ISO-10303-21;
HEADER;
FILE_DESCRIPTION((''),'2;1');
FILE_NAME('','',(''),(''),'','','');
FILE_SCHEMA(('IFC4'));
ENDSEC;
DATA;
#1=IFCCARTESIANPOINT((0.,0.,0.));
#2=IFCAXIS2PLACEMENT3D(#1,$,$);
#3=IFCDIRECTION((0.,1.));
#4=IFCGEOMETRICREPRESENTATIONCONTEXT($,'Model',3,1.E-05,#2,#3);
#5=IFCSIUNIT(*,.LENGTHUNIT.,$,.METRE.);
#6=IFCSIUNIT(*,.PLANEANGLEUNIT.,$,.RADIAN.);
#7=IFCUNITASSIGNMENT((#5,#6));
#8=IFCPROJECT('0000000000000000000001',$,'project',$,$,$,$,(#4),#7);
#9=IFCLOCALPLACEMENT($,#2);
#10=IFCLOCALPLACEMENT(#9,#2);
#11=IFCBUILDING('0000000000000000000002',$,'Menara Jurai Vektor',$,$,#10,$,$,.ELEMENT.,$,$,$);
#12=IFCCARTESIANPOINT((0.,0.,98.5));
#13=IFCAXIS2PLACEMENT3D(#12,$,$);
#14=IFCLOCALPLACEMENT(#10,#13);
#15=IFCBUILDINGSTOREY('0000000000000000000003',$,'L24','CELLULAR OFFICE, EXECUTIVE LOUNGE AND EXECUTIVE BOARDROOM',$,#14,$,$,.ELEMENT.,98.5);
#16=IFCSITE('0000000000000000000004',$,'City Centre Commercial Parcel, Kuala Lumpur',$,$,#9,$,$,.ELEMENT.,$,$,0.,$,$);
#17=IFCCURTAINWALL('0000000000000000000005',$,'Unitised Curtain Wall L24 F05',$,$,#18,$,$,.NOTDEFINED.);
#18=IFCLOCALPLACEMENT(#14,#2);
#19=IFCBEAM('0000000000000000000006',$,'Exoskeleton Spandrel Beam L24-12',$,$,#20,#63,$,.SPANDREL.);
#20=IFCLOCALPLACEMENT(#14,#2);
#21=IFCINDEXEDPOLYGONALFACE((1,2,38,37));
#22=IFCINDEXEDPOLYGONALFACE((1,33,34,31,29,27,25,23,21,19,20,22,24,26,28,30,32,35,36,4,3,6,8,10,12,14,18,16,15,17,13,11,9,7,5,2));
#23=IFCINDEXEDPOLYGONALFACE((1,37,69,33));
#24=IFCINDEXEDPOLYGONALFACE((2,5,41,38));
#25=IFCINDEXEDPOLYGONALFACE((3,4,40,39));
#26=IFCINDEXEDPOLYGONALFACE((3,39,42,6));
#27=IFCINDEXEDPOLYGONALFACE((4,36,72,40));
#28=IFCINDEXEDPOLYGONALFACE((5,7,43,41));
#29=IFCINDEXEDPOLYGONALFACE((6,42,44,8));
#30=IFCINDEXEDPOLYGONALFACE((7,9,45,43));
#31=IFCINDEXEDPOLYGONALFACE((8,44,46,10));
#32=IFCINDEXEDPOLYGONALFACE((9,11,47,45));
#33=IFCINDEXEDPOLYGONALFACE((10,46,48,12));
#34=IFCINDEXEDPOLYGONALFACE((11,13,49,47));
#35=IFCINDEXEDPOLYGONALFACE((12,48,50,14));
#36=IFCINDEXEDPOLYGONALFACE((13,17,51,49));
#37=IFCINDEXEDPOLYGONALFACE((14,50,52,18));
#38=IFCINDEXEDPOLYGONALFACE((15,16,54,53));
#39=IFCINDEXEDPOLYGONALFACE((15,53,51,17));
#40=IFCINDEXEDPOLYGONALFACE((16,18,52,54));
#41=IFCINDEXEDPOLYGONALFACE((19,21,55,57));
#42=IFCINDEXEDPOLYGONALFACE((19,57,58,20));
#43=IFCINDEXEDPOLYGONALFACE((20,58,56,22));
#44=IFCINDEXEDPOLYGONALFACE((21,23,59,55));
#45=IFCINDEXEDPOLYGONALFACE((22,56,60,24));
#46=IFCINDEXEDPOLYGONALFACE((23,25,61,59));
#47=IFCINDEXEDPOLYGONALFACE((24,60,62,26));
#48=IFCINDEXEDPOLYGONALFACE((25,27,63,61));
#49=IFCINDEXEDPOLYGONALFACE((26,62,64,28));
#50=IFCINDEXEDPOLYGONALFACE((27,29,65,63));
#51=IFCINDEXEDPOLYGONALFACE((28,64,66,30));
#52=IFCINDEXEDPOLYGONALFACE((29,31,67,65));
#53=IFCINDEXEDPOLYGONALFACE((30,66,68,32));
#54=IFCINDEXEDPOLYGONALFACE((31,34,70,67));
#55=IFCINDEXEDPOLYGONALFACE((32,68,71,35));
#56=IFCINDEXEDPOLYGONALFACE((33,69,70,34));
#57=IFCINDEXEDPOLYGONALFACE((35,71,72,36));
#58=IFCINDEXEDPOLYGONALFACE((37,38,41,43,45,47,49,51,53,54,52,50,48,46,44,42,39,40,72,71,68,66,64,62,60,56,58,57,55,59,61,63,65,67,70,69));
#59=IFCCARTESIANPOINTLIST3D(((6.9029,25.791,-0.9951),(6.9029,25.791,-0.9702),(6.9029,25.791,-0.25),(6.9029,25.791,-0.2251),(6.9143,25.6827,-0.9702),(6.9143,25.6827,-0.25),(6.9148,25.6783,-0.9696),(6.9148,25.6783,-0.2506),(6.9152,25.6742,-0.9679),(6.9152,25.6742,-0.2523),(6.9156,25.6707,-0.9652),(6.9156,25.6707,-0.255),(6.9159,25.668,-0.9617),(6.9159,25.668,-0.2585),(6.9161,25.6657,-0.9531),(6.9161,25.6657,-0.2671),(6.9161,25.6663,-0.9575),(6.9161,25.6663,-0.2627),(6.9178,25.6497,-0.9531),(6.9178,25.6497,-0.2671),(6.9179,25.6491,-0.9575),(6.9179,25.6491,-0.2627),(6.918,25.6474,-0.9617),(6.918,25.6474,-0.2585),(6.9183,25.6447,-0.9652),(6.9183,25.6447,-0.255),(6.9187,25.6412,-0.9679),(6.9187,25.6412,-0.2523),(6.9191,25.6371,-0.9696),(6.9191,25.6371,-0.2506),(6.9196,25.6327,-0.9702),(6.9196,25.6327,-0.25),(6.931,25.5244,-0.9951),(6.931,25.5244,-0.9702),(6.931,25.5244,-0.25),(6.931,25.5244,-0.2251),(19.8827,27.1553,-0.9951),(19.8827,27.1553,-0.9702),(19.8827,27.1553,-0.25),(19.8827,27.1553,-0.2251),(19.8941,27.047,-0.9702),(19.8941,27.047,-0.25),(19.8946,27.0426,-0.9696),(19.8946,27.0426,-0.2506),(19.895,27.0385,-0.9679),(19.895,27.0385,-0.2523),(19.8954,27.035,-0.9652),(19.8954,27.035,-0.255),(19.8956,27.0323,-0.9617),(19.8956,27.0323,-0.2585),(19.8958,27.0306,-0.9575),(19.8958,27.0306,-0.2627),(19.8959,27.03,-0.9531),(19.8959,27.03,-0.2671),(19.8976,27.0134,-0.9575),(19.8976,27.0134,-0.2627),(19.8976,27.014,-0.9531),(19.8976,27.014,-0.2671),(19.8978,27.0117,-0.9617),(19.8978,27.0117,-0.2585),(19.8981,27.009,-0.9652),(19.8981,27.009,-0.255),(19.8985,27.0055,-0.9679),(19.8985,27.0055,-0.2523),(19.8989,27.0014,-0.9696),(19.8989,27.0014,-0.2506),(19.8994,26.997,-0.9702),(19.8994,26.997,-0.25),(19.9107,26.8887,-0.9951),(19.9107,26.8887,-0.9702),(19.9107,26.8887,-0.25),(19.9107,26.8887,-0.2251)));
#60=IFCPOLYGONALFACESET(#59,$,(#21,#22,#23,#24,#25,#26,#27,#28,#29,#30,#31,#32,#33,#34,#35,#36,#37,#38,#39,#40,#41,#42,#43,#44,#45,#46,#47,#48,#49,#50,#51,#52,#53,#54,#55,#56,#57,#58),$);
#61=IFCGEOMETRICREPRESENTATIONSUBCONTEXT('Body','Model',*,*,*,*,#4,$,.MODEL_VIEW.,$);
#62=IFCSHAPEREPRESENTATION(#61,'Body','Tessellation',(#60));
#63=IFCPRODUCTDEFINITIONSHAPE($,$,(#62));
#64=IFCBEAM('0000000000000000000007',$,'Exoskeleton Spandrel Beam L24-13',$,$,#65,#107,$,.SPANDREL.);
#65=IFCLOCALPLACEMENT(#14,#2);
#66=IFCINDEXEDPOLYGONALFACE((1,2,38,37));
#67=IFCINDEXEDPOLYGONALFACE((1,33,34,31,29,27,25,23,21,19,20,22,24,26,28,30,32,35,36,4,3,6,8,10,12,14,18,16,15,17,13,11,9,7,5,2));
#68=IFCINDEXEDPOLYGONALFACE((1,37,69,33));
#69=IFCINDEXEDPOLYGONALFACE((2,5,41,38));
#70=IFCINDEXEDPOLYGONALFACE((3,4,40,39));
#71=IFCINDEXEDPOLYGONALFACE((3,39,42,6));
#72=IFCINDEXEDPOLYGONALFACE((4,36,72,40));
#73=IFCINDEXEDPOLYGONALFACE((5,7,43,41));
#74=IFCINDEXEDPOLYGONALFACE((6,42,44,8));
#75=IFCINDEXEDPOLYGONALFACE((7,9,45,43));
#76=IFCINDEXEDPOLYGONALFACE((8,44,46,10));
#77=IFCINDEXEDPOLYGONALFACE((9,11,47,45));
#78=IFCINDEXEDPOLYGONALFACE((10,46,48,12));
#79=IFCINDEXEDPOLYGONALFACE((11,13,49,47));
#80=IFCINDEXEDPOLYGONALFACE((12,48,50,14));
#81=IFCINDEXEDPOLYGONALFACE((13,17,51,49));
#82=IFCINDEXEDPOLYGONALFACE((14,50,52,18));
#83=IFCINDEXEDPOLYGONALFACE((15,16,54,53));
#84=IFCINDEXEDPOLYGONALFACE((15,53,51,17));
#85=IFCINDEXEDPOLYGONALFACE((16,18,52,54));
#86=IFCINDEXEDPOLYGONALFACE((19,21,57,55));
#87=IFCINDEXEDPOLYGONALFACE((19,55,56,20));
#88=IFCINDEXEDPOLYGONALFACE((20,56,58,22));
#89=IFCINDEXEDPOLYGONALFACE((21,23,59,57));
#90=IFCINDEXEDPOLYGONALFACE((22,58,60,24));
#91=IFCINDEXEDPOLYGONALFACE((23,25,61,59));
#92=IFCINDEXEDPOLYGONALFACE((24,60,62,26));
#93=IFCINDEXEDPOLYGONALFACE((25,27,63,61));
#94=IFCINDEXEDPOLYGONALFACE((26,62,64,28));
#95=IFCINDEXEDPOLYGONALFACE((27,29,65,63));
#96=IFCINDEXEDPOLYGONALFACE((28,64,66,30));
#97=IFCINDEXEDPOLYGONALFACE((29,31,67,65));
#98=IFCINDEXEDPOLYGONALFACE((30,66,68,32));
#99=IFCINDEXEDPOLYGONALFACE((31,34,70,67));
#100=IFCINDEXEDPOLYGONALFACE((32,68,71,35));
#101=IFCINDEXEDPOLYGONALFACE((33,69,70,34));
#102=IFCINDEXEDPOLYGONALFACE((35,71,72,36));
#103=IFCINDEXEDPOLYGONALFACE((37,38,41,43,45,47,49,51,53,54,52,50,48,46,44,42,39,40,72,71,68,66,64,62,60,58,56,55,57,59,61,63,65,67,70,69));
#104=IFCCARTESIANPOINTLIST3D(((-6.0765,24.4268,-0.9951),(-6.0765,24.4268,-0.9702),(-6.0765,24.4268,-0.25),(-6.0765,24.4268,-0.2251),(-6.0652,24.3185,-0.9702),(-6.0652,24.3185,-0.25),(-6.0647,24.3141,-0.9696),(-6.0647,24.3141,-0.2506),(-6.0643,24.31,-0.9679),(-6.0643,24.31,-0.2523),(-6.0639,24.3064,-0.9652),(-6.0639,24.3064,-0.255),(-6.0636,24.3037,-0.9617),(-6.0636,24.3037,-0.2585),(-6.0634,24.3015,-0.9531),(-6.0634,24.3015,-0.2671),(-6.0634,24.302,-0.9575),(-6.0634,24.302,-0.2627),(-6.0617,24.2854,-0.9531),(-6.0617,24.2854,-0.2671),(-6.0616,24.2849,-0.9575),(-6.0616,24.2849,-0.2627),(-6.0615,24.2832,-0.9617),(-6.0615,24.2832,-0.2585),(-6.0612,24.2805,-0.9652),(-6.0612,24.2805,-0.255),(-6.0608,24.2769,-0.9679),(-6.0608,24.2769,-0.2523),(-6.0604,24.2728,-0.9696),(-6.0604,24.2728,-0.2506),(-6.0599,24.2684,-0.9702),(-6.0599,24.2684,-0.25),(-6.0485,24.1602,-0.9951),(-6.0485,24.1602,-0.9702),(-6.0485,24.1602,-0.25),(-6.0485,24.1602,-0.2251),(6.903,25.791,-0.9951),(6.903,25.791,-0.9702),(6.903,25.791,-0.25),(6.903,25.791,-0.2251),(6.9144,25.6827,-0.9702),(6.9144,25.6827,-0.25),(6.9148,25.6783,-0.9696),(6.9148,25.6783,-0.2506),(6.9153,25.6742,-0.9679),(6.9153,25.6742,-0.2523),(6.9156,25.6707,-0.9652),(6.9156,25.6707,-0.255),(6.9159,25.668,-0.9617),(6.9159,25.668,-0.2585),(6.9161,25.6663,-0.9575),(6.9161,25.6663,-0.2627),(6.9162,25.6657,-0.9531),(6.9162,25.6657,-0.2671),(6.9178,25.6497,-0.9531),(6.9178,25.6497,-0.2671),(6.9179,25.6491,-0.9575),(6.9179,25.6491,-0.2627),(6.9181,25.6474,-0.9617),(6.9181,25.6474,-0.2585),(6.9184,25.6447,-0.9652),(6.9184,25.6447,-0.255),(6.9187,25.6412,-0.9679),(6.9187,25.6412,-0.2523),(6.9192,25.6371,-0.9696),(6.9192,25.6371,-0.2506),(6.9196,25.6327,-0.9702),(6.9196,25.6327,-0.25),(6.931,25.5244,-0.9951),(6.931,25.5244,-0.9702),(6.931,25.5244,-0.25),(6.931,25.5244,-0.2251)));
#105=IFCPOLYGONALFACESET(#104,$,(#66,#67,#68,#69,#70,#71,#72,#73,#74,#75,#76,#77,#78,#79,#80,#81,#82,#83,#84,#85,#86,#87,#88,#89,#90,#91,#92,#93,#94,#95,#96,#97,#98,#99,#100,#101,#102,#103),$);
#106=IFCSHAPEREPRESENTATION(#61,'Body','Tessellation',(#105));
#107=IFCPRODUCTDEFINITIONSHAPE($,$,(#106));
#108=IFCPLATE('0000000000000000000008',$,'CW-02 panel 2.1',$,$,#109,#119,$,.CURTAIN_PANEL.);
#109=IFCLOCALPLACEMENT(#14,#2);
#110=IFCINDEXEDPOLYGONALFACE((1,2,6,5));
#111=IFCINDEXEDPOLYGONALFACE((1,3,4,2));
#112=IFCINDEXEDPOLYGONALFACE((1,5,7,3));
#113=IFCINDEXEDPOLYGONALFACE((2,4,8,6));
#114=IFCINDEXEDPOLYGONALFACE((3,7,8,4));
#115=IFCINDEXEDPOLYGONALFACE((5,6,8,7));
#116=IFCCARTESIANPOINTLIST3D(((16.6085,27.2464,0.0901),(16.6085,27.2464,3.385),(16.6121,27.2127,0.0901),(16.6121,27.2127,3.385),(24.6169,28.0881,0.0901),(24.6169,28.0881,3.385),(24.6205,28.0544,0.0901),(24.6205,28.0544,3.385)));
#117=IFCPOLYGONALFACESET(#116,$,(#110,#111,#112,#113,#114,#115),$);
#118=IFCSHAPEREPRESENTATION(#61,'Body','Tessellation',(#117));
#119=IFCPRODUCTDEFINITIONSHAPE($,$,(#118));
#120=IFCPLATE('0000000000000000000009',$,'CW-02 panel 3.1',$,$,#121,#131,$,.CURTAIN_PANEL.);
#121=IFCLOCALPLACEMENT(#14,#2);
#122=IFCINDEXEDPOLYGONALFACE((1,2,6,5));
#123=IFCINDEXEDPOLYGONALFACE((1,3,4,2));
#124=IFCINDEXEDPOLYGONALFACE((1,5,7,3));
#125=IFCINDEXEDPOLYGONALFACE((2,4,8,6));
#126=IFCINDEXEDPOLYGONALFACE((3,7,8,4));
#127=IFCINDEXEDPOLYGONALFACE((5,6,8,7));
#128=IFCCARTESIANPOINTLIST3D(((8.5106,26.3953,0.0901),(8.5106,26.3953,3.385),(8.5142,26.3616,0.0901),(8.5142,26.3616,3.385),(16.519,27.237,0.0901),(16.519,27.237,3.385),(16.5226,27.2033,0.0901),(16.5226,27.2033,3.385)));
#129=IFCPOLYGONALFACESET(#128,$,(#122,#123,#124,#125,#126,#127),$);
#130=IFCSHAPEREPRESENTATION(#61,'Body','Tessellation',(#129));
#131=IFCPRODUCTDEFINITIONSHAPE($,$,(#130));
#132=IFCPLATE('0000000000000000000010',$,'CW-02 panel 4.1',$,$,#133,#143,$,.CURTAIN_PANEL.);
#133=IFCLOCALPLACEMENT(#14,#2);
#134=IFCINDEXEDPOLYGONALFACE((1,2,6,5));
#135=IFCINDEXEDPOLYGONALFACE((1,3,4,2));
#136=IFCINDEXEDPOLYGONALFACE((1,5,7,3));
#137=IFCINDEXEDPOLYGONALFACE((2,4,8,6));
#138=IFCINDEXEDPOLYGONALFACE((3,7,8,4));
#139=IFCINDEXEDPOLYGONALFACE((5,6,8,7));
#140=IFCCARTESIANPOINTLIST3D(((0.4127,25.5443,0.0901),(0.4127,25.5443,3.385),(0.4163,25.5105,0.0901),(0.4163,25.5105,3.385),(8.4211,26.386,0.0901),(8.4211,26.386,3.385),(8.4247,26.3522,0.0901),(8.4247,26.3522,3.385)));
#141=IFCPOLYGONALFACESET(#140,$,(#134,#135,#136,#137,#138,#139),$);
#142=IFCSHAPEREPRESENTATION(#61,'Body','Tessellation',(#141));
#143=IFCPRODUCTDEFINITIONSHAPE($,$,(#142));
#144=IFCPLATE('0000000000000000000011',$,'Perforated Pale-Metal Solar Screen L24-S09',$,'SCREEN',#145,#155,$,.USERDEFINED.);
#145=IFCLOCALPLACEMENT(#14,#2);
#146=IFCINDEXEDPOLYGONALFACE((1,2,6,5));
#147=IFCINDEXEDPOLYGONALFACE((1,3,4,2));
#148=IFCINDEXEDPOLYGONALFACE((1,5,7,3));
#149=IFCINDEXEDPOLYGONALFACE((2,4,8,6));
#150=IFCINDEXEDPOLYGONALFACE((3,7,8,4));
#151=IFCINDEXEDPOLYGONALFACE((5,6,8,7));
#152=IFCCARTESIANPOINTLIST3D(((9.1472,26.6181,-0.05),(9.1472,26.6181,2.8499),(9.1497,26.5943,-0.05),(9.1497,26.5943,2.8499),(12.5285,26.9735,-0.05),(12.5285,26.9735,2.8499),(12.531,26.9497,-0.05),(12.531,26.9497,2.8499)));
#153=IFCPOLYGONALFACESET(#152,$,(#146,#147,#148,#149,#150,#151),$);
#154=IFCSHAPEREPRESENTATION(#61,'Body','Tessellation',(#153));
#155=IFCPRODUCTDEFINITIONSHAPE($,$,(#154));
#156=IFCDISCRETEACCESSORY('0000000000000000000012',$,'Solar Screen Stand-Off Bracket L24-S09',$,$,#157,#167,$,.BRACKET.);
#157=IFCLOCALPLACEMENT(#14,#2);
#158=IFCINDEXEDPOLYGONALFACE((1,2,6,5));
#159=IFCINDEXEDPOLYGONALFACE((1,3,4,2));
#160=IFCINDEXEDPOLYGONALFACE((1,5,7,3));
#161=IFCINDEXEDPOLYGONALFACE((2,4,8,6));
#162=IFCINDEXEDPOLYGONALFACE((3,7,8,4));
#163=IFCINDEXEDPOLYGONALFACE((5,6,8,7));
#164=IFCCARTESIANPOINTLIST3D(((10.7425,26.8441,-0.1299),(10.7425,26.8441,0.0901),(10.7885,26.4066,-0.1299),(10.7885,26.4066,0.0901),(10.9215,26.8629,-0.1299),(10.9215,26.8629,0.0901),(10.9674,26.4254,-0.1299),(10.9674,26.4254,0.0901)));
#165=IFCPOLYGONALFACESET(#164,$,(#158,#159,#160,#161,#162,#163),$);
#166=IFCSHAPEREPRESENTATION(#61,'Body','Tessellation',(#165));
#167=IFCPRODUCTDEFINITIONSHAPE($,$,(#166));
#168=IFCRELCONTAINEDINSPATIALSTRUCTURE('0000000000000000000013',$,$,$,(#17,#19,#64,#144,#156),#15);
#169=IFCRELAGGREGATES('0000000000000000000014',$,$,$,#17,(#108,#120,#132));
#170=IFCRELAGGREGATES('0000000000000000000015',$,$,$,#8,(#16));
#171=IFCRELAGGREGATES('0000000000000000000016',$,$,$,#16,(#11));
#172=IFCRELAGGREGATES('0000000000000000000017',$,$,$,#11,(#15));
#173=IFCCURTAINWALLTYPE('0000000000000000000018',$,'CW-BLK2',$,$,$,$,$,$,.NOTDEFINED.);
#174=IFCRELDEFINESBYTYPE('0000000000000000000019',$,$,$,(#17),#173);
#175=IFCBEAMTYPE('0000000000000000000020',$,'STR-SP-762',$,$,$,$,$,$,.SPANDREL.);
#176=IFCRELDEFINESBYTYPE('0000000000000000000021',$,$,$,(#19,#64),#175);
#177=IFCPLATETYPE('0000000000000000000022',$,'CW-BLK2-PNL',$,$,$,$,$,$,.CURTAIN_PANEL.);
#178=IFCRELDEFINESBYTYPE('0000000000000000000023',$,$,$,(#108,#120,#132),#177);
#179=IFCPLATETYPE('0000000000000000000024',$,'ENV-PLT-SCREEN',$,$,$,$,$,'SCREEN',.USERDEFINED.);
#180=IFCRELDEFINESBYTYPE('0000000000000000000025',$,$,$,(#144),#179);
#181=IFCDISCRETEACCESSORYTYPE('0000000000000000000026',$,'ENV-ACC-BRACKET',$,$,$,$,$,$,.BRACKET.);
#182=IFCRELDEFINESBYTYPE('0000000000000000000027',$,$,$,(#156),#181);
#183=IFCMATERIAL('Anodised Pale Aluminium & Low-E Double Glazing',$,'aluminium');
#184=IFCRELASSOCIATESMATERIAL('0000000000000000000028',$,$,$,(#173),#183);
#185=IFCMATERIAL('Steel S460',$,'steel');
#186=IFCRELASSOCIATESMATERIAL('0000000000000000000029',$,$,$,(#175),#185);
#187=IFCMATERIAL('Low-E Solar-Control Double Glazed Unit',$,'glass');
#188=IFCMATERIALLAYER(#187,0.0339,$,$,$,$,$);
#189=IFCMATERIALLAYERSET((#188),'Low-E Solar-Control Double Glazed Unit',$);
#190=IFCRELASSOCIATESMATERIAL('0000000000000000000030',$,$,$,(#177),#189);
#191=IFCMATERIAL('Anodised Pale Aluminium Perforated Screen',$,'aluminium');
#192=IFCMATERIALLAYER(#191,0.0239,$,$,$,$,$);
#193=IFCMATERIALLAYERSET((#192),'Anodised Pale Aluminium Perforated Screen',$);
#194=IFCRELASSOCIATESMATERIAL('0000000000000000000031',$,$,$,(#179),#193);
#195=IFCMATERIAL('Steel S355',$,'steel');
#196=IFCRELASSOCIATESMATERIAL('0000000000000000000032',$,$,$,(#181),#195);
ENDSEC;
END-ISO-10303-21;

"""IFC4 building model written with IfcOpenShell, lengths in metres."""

from ifc_helpers import new_model, si_unit, direction, frame, origin, origin_2d, place, context, subcontext, project, spatial, rectangle, i_section, extrude, material, layer, layer_set, material_profile, profile_set, type_object, element, aggregate, save


model = new_model("IFC4")

# Units and contexts
model_context = context("Model", 3, precision=1e-05, world=origin(), true_north=direction((0.0, 1.0)))
body_context = subcontext(model_context, "Body", "Model", "MODEL_VIEW")
ifc_project = project(units=[si_unit("LENGTHUNIT", "METRE"), si_unit("PLANEANGLEUNIT", "RADIAN")], contexts=[model_context])

# Site, building, storey
site_placement = place(None, origin())
site = spatial("IfcSite", under=ifc_project, at=site_placement, Name="City Centre Commercial Parcel, Kuala Lumpur", CompositionType="ELEMENT", RefElevation=0.0)
building_placement = place(site_placement, origin())
building = spatial("IfcBuilding", under=site, at=building_placement, Name="Menara Jurai Vektor", CompositionType="ELEMENT")
storey_placement = place(building_placement, frame((0.0, 0.0, 98.5)))
storey = spatial("IfcBuildingStorey", under=building, at=storey_placement, Name="L24", Description="CELLULAR OFFICE, EXECUTIVE LOUNGE AND EXECUTIVE BOARDROOM", CompositionType="ELEMENT", Elevation=98.5)

# Shared definitions
ifc_material_1 = material(Name="Steel S460", Category="steel")

# Curtain wall
ifc_material_2 = material(Name="Anodised Pale Aluminium & Low-E Double Glazing", Category="aluminium")
curtain_wall_type = type_object("IfcCurtainWallType", Name="CW-BLK2", PredefinedType="NOTDEFINED", material=ifc_material_2)
curtain_wall_placement = place(storey_placement, origin())
curtain_wall = element("IfcCurtainWall", 1, at=curtain_wall_placement, inside=storey, type_object=curtain_wall_type, Name="Unitised Curtain Wall L24 F05", PredefinedType="NOTDEFINED")

# Beams
ifc_material_3 = material(Name="Steel S355", Category="steel")
ifc_material_profile_1 = material_profile(ifc_material_1, i_section(OverallWidth=0.2681, OverallDepth=0.77, WebThickness=0.0161, FlangeThickness=0.0249, FilletRadius=0.0171, at=origin_2d()), Name="UKB 762x267x197")
ifc_profile_set_1 = profile_set([ifc_material_profile_1], Name="Steel S460")
beam_type_1 = type_object("IfcBeamType", Name="STR-SP-762", PredefinedType="SPANDREL", material=ifc_profile_set_1)
beam_1_placement = place(storey_placement, frame((19.8967, 27.022, -0.6101), z_axis=(-0.994522, -0.104531, 0.0), x_axis=(0.104531, -0.994522, 0.0)))
element("IfcBeam", 2, at=beam_1_placement, inside=storey, type_object=beam_type_1, Name="Exoskeleton Spandrel Beam L24-12", PredefinedType="SPANDREL", context=body_context, shape_type="SweptSolid", body=[
    extrude(i_section(OverallWidth=0.2681, OverallDepth=0.77, WebThickness=0.0161, FlangeThickness=0.0249, FilletRadius=0.0171, at=origin_2d()), origin(), (0.0, 0.0, 1.0), 13.0513),
])
beam_2_placement = place(storey_placement, frame((6.917, 25.6577, -0.6101), z_axis=(-0.994521, -0.104533, 0.0), x_axis=(0.104533, -0.994521, 0.0)))
element("IfcBeam", 3, at=beam_2_placement, inside=storey, type_object=beam_type_1, Name="Exoskeleton Spandrel Beam L24-13", PredefinedType="SPANDREL", context=body_context, shape_type="SweptSolid", body=[
    extrude(i_section(OverallWidth=0.2681, OverallDepth=0.77, WebThickness=0.0161, FlangeThickness=0.0249, FilletRadius=0.0171, at=origin_2d()), origin(), (0.0, 0.0, 1.0), 13.051),
])

# Plates
ifc_material_4 = material(Name="Low-E Solar-Control Double Glazed Unit", Category="glass")
ifc_layer_1 = layer(ifc_material_4, 0.0339)
ifc_layer_set_1 = layer_set([ifc_layer_1], Name="Low-E Solar-Control Double Glazed Unit")
plate_type_1 = type_object("IfcPlateType", Name="CW-BLK2-PNL", PredefinedType="CURTAIN_PANEL", material=ifc_layer_set_1)
plate_1_placement = place(storey_placement, frame((20.6145, 27.6504, 0.0901), z_axis=(0.0, 0.0, 1.0), x_axis=(-0.994522, -0.104529, 0.0)))
plate_1 = element("IfcPlate", 4, at=plate_1_placement, type_object=plate_type_1, Name="CW-02 panel 2.1", PredefinedType="CURTAIN_PANEL", context=body_context, shape_type="SweptSolid", body=[
    extrude(rectangle(XDim=8.0525, YDim=0.0339, at=origin_2d()), origin(), (0.0, 0.0, 1.0), 3.2949),
])
plate_2_placement = place(storey_placement, frame((12.5166, 26.7993, 0.0901), z_axis=(0.0, 0.0, 1.0), x_axis=(-0.994522, -0.104529, 0.0)))
plate_2 = element("IfcPlate", 5, at=plate_2_placement, type_object=plate_type_1, Name="CW-02 panel 3.1", PredefinedType="CURTAIN_PANEL", context=body_context, shape_type="SweptSolid", body=[
    extrude(rectangle(XDim=8.0525, YDim=0.0339, at=origin_2d()), origin(), (0.0, 0.0, 1.0), 3.2949),
])
plate_3_placement = place(storey_placement, frame((4.4187, 25.9482, 0.0901), z_axis=(0.0, 0.0, 1.0), x_axis=(-0.994522, -0.104529, 0.0)))
plate_3 = element("IfcPlate", 6, at=plate_3_placement, type_object=plate_type_1, Name="CW-02 panel 4.1", PredefinedType="CURTAIN_PANEL", context=body_context, shape_type="SweptSolid", body=[
    extrude(rectangle(XDim=8.0525, YDim=0.0339, at=origin_2d()), origin(), (0.0, 0.0, 1.0), 3.2949),
])
aggregate(curtain_wall, [plate_1, plate_2, plate_3])
ifc_material_5 = material(Name="Anodised Pale Aluminium Perforated Screen", Category="aluminium")
ifc_layer_2 = layer(ifc_material_5, 0.0239)
ifc_layer_set_2 = layer_set([ifc_layer_2], Name="Anodised Pale Aluminium Perforated Screen")
plate_type_2 = type_object("IfcPlateType", Name="ENV-PLT-SCREEN", ElementType="SCREEN", PredefinedType="USERDEFINED", material=ifc_layer_set_2)
plate_4_placement = place(storey_placement, frame((10.8391, 26.7839, -0.05), z_axis=(0.0, 0.0, 1.0), x_axis=(-0.994522, -0.104528, 0.0)))
element("IfcPlate", 7, at=plate_4_placement, inside=storey, type_object=plate_type_2, Name="Perforated Pale-Metal Solar Screen L24-S09", ObjectType="SCREEN", PredefinedType="USERDEFINED", context=body_context, shape_type="SweptSolid", body=[
    extrude(rectangle(XDim=3.3999, YDim=0.0239, at=origin_2d()), origin(), (0.0, 0.0, 1.0), 2.8999),
])

# Discrete accessory
discrete_accessory_type = type_object("IfcDiscreteAccessoryType", Name="ENV-ACC-BRACKET", PredefinedType="BRACKET", material=ifc_material_3)
discrete_accessory_placement = place(storey_placement, frame((10.855, 26.6348, -0.1299), z_axis=(0.0, 0.0, 1.0), x_axis=(-0.994522, -0.104528, 0.0)))
element("IfcDiscreteAccessory", 8, at=discrete_accessory_placement, inside=storey, type_object=discrete_accessory_type, Name="Solar Screen Stand-Off Bracket L24-S09", PredefinedType="BRACKET", context=body_context, shape_type="SweptSolid", body=[
    extrude(rectangle(XDim=0.1799, YDim=0.4399, at=origin_2d()), origin(), (0.0, 0.0, 1.0), 0.22),
])

save(model, "model.ifc")
